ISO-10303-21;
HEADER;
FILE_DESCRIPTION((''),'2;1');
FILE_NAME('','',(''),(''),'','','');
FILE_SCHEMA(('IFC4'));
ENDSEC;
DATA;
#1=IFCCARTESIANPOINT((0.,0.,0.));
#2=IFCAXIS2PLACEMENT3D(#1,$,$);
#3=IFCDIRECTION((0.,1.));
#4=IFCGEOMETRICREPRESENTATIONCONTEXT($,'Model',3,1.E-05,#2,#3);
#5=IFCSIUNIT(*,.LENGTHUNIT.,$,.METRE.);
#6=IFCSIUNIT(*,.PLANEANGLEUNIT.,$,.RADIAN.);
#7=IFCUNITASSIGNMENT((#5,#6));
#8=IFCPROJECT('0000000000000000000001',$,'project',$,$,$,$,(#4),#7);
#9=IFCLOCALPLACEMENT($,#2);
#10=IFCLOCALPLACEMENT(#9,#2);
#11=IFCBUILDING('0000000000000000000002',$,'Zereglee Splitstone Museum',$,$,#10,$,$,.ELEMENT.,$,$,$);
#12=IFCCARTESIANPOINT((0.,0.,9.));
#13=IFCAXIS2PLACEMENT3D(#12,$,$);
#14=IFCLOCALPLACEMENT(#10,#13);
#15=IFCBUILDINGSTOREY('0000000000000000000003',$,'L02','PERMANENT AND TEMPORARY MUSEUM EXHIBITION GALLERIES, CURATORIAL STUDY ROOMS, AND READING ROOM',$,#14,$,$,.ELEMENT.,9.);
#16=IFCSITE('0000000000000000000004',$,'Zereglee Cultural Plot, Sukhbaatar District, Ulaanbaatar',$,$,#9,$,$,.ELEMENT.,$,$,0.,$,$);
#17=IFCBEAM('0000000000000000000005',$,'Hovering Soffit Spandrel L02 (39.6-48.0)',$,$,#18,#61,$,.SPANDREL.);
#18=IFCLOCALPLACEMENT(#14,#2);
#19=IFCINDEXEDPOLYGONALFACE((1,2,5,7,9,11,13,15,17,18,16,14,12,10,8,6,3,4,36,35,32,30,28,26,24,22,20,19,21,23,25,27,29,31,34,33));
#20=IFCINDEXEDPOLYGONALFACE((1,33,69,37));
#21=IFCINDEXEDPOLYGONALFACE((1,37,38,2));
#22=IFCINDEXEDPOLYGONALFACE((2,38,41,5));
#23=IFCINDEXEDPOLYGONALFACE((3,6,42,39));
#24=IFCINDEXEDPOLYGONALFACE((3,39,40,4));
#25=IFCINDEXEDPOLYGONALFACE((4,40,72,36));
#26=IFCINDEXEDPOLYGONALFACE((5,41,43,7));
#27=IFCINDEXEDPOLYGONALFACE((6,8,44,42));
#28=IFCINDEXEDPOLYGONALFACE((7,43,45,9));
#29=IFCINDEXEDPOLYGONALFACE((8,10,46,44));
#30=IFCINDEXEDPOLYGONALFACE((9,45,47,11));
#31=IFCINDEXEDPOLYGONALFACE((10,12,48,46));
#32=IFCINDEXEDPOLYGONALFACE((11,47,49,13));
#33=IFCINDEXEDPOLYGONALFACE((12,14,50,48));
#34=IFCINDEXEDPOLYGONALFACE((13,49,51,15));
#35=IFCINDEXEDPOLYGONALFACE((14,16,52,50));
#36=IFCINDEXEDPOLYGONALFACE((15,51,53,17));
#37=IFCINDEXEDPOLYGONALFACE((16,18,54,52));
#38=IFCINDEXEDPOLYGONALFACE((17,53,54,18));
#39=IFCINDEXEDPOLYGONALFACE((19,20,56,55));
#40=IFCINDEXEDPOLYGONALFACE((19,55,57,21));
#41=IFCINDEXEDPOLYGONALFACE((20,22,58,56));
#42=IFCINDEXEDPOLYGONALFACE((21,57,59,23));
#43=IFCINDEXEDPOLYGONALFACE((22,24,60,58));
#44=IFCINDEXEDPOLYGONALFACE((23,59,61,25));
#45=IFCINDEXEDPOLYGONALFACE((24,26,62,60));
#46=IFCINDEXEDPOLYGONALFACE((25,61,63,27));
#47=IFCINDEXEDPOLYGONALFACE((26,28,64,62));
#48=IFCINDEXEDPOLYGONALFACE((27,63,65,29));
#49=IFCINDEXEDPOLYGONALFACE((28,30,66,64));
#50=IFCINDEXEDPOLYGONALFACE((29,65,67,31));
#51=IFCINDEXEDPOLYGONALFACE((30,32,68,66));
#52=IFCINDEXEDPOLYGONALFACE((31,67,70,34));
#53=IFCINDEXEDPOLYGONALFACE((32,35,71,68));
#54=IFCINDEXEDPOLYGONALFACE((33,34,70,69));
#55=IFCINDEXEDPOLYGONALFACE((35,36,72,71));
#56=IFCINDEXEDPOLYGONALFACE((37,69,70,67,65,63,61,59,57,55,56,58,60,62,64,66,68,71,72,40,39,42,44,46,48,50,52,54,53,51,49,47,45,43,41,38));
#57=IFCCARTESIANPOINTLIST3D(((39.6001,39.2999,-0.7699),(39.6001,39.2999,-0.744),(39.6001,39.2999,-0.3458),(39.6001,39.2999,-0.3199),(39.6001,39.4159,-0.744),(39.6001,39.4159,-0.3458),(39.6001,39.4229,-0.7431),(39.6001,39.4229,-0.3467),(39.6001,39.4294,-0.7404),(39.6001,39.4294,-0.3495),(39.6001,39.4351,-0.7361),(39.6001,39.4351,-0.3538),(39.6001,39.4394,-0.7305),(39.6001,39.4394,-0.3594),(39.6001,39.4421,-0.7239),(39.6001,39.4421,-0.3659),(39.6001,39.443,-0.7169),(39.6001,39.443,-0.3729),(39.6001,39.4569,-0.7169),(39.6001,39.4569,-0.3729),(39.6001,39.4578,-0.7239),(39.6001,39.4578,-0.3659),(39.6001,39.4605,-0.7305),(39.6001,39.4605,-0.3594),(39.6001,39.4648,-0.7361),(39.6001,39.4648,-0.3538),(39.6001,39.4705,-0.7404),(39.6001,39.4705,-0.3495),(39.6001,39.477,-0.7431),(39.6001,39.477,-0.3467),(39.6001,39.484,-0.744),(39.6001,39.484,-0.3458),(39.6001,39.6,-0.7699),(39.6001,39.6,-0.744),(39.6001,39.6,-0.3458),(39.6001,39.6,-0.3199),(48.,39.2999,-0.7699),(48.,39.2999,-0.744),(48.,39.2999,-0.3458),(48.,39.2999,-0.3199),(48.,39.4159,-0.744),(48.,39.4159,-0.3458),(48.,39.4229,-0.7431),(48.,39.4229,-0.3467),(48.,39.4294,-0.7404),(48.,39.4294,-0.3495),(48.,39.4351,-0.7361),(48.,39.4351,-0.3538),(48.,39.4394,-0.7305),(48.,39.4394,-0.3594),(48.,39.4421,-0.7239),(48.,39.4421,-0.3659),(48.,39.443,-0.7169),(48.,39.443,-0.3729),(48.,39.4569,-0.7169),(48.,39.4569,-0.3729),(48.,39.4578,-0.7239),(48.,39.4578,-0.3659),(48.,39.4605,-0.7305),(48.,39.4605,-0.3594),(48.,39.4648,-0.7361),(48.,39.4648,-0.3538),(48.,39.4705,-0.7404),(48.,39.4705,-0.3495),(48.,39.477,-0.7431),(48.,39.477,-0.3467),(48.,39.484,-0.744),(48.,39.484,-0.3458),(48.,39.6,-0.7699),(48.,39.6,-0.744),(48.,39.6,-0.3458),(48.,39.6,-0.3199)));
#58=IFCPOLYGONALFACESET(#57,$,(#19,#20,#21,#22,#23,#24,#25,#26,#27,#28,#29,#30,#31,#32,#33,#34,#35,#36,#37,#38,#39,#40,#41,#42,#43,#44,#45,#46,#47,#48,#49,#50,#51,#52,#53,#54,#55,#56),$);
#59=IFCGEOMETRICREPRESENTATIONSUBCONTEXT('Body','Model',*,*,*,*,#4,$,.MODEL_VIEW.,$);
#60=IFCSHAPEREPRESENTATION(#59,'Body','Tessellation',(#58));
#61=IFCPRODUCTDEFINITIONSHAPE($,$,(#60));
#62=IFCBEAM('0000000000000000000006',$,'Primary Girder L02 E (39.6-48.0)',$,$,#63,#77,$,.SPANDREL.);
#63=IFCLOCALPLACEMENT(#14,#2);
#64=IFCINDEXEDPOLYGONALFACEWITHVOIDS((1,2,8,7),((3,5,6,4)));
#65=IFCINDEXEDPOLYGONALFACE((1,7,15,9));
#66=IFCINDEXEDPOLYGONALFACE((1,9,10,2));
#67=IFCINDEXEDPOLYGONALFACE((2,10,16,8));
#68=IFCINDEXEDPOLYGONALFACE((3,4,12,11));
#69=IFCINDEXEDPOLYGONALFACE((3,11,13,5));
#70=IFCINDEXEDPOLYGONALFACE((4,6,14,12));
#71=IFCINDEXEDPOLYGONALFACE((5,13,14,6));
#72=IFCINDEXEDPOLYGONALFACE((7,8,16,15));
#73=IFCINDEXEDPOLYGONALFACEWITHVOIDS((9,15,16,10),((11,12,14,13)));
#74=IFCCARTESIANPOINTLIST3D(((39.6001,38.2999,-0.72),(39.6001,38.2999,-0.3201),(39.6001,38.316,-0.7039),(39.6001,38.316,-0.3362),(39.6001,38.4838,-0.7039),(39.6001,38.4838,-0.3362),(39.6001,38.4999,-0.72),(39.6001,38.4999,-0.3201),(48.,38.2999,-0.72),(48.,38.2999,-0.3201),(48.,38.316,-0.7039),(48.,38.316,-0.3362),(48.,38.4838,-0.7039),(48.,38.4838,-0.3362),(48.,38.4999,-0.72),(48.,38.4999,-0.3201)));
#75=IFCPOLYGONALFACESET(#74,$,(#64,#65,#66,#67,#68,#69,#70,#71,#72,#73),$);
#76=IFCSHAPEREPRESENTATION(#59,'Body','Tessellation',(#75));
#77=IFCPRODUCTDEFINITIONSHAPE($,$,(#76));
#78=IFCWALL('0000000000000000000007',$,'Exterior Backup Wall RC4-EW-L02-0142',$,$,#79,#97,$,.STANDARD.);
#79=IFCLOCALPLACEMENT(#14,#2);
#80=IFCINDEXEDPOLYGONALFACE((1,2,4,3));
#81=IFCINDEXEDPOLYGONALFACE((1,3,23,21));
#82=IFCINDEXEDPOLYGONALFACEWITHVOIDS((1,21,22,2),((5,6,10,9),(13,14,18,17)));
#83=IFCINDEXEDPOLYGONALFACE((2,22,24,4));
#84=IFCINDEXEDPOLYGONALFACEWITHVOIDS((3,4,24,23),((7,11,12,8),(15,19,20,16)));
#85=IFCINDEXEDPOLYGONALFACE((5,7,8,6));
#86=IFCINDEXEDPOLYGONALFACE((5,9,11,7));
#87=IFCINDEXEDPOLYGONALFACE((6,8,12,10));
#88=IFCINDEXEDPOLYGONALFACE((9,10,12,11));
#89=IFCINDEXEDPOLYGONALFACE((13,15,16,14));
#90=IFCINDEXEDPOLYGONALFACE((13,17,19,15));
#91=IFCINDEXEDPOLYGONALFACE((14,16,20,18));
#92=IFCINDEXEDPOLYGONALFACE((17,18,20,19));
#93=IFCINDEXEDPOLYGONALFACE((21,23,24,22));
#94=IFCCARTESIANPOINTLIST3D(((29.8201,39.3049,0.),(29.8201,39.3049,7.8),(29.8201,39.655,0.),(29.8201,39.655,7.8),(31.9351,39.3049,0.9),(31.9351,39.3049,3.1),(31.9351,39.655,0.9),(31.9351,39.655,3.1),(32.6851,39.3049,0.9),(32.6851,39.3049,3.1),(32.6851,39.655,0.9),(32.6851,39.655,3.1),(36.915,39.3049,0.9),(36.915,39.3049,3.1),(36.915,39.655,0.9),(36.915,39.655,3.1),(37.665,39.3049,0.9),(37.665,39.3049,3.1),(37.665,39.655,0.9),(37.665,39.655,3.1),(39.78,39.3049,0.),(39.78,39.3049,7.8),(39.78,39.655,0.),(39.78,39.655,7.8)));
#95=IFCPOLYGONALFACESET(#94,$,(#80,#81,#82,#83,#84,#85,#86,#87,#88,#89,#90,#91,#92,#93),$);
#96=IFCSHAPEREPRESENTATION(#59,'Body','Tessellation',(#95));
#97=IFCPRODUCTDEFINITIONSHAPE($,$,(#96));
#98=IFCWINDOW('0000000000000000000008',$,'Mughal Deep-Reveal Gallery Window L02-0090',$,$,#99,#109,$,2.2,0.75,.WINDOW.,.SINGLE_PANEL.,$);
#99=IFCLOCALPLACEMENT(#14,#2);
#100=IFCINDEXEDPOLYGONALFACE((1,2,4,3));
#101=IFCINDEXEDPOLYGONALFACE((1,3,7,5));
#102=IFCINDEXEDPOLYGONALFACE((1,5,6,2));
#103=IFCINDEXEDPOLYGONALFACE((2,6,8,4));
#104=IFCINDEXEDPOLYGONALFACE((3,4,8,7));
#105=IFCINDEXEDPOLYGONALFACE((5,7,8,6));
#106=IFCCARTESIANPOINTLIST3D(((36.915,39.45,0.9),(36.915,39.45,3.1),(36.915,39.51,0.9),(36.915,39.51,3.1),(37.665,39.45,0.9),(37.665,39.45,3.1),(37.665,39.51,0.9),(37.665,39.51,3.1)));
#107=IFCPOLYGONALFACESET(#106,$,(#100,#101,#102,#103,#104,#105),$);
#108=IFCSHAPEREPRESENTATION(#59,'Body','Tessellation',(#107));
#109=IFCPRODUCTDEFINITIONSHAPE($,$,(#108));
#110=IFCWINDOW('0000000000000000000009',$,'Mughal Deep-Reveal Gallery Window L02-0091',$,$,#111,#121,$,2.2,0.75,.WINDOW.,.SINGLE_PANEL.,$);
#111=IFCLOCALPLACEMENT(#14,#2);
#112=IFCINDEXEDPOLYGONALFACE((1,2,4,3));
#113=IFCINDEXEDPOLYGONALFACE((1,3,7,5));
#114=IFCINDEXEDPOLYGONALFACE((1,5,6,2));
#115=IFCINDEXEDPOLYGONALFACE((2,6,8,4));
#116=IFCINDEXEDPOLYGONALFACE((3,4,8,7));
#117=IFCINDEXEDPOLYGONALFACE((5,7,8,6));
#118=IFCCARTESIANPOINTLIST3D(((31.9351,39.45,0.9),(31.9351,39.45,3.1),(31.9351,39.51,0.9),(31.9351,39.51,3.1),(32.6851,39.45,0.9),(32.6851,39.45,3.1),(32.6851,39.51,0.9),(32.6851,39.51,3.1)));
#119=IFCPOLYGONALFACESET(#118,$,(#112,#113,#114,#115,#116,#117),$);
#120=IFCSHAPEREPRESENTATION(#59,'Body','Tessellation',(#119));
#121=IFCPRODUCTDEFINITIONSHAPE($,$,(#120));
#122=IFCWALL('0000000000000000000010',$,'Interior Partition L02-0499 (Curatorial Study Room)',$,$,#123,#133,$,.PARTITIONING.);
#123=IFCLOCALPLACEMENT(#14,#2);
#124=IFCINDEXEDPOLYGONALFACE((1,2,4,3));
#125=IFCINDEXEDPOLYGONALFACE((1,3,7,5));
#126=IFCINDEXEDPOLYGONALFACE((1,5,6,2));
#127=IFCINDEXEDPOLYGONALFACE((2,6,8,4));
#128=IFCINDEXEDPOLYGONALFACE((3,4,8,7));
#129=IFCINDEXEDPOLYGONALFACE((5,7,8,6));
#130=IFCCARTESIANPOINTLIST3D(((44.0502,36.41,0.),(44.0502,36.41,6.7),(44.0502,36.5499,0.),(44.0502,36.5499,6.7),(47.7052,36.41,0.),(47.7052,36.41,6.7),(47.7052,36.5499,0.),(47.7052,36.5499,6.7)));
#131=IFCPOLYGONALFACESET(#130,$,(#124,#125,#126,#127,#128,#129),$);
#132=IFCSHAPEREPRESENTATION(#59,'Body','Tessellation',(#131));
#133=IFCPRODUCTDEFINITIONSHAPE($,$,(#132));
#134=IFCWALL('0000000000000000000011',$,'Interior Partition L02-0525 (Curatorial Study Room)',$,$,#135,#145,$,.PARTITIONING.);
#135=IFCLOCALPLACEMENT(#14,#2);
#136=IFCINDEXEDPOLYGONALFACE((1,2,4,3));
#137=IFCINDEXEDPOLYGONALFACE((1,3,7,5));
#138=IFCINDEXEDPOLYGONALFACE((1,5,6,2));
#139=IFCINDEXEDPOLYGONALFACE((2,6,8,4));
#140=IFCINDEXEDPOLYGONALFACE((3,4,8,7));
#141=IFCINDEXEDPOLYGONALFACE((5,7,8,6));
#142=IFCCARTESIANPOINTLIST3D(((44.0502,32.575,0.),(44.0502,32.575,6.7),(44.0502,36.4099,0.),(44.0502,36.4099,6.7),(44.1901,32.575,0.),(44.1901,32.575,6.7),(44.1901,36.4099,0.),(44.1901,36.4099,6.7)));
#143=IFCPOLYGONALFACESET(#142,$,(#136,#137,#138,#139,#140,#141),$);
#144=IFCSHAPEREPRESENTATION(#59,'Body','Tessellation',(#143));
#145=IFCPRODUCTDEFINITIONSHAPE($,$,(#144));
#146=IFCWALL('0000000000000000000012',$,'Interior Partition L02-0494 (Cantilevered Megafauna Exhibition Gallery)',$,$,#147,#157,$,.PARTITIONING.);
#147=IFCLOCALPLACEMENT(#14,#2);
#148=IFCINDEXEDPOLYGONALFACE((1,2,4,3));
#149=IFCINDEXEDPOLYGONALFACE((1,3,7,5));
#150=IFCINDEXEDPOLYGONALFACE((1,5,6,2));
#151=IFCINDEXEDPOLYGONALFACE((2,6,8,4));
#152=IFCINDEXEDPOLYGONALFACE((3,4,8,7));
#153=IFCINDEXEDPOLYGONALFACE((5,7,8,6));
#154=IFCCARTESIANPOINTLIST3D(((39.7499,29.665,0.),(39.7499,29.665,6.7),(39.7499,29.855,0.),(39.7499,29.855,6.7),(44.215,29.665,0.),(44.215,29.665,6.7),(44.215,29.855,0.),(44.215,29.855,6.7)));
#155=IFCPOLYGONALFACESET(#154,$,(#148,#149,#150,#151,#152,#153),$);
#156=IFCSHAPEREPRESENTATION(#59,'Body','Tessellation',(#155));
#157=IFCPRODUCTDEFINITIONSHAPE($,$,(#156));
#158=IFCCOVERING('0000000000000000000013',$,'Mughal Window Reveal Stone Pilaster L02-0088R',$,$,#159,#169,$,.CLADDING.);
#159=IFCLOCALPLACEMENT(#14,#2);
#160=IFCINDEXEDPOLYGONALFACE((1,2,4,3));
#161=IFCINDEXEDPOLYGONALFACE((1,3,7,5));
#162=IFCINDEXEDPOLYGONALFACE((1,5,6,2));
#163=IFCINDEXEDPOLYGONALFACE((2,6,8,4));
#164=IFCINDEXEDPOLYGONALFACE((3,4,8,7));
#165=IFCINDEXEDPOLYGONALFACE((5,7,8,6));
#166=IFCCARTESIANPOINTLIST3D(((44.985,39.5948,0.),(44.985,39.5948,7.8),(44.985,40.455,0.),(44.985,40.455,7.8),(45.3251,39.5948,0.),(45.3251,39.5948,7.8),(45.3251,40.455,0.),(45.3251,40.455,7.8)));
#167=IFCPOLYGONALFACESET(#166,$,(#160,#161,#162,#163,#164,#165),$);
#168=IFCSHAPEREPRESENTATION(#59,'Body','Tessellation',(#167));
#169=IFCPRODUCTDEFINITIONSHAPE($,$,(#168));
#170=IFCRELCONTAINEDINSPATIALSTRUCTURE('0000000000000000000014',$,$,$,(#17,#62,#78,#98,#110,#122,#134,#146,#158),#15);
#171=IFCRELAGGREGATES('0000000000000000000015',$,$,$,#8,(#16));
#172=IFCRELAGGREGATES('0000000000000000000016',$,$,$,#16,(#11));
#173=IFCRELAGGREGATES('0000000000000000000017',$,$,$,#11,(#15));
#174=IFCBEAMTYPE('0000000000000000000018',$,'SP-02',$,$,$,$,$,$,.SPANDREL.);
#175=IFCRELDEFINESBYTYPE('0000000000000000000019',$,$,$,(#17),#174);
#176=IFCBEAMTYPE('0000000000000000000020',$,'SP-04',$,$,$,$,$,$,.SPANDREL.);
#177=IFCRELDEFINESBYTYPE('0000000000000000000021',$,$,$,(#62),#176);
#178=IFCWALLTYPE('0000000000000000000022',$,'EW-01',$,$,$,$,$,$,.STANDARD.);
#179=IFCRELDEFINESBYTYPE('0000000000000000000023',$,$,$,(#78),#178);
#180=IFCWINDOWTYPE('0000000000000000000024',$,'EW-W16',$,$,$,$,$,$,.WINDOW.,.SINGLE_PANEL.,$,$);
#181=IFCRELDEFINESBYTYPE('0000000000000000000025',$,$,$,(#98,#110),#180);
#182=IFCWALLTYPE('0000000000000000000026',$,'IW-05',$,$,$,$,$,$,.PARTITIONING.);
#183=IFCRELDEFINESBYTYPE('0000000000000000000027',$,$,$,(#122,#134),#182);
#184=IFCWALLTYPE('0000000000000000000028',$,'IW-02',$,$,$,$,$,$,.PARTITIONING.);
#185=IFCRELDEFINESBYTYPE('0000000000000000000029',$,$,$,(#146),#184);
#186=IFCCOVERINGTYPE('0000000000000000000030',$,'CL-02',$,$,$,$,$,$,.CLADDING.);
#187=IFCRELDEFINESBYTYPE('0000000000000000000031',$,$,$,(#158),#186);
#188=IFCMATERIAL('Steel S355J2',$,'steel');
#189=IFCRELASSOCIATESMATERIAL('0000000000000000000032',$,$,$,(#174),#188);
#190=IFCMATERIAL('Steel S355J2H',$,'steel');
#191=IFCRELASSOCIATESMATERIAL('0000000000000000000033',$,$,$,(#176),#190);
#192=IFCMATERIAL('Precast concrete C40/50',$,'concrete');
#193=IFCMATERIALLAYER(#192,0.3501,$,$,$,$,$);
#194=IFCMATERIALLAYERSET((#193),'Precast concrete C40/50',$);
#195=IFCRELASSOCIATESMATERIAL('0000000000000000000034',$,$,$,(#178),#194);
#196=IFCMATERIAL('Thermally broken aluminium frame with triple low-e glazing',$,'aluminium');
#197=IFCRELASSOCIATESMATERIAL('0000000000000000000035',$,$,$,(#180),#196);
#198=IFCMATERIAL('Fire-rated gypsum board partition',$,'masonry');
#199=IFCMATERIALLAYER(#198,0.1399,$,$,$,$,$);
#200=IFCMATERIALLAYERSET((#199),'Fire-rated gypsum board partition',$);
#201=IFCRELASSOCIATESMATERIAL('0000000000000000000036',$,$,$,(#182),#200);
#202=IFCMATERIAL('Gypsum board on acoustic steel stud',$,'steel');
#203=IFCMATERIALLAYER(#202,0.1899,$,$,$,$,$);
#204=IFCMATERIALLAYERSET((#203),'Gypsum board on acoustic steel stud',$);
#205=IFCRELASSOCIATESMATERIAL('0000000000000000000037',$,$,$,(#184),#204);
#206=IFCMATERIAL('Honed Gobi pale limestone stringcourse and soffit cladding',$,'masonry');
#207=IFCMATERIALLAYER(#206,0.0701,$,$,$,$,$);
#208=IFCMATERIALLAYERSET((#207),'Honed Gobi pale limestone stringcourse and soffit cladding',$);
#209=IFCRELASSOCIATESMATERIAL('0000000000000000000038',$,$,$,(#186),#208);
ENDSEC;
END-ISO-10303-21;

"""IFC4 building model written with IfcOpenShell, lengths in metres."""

from ifc_helpers import new_model, si_unit, direction, frame, frame_2d, origin, origin_2d, place, context, subcontext, project, spatial, rectangle, hollow_rectangle, i_section, extrude, material, layer, layer_set, material_profile, profile_set, type_object, element, fill, save


model = new_model("IFC4")

# Units and contexts
model_context = context("Model", 3, precision=1e-05, world=origin(), true_north=direction((0.0, 1.0)))
body_context = subcontext(model_context, "Body", "Model", "MODEL_VIEW")
ifc_project = project(units=[si_unit("LENGTHUNIT", "METRE"), si_unit("PLANEANGLEUNIT", "RADIAN")], contexts=[model_context])

# Site, building, storey
site_placement = place(None, origin())
site = spatial("IfcSite", under=ifc_project, at=site_placement, Name="Zereglee Cultural Plot, Sukhbaatar District, Ulaanbaatar", CompositionType="ELEMENT", RefElevation=0.0)
building_placement = place(site_placement, origin())
building = spatial("IfcBuilding", under=site, at=building_placement, Name="Zereglee Splitstone Museum", CompositionType="ELEMENT")
storey_placement = place(building_placement, frame((0.0, 0.0, 9.0)))
storey = spatial("IfcBuildingStorey", under=building, at=storey_placement, Name="L02", Description="PERMANENT AND TEMPORARY MUSEUM EXHIBITION GALLERIES, CURATORIAL STUDY ROOMS, AND READING ROOM", CompositionType="ELEMENT", Elevation=9.0)

# Beams
ifc_material_1 = material(Name="Steel S355J2", Category="steel")
ifc_material_profile_1 = material_profile(ifc_material_1, i_section(OverallWidth=0.3, OverallDepth=0.45, WebThickness=0.0139, FlangeThickness=0.0259, FilletRadius=0.0271, at=origin_2d()), Name="HE 450 B")
ifc_profile_set_1 = profile_set([ifc_material_profile_1], Name="Steel S355J2")
beam_type_1 = type_object("IfcBeamType", Name="SP-02", PredefinedType="SPANDREL", material=ifc_profile_set_1)
beam_1_placement = place(storey_placement, frame((39.6001, 39.45, -0.5449), z_axis=(1.0, 0.0, 0.0), x_axis=(0.0, 1.0, 0.0)))
element("IfcBeam", 1, at=beam_1_placement, inside=storey, type_object=beam_type_1, Name="Hovering Soffit Spandrel L02 (39.6-48.0)", PredefinedType="SPANDREL", context=body_context, shape_type="SweptSolid", body=[
    extrude(i_section(OverallWidth=0.3, OverallDepth=0.45, WebThickness=0.0139, FlangeThickness=0.0259, FilletRadius=0.0271, at=origin_2d()), origin(), (0.0, 0.0, 1.0), 8.3999),
])
ifc_material_2 = material(Name="Steel S355J2H", Category="steel")
ifc_material_profile_2 = material_profile(ifc_material_2, hollow_rectangle(XDim=0.2, YDim=0.3999, WallThickness=0.0161, at=origin_2d()), Name="RHS 400x200x16")
ifc_profile_set_2 = profile_set([ifc_material_profile_2], Name="Steel S355J2H")
beam_type_2 = type_object("IfcBeamType", Name="SP-04", PredefinedType="SPANDREL", material=ifc_profile_set_2)
beam_2_placement = place(storey_placement, frame((39.6001, 38.3999, -0.52), z_axis=(1.0, 0.0, 0.0), x_axis=(0.0, 1.0, 0.0)))
element("IfcBeam", 2, at=beam_2_placement, inside=storey, type_object=beam_type_2, Name="Primary Girder L02 E (39.6-48.0)", PredefinedType="SPANDREL", context=body_context, shape_type="SweptSolid", body=[
    extrude(hollow_rectangle(XDim=0.2, YDim=0.3999, WallThickness=0.0161, at=origin_2d()), origin(), (0.0, 0.0, 1.0), 8.3999),
])

# Wall, openings, windows
ifc_material_3 = material(Name="Precast concrete C40/50", Category="concrete")
ifc_layer_1 = layer(ifc_material_3, 0.3501)
ifc_layer_set_1 = layer_set([ifc_layer_1], Name="Precast concrete C40/50")
wall_type_1 = type_object("IfcWallType", Name="EW-01", PredefinedType="STANDARD", material=ifc_layer_set_1)
wall_1_placement = place(storey_placement, frame((39.78, 39.48, 0.0), z_axis=(0.0, 0.0, 1.0), x_axis=(-1.0, 0.0, 0.0)))
wall_1 = element("IfcWall", 3, at=wall_1_placement, inside=storey, type_object=wall_type_1, Name="Exterior Backup Wall RC4-EW-L02-0142", PredefinedType="STANDARD", context=body_context, shape_type="SweptSolid", body=[
    extrude(rectangle(XDim=9.96, YDim=0.3501, at=frame_2d((4.98, 0.0))), origin(), (0.0, 0.0, 1.0), 7.8),
])
opening_1_placement = place(wall_1_placement, frame((2.115, 0.0, 0.8999)))
opening_1 = element("IfcOpeningElement", 4, at=opening_1_placement, cuts=wall_1, PredefinedType="OPENING", context=body_context, shape_type="SweptSolid", body=[
    extrude(rectangle(XDim=0.75, YDim=2.2, at=frame_2d((0.375, 1.1001))), frame((0.0, 0.1899, 0.0), z_axis=(0.0, -1.0, 0.0), x_axis=(1.0, 0.0, 0.0)), (0.0, 0.0, 1.0), 0.3799),
])
opening_2_placement = place(wall_1_placement, frame((7.095, 0.0, 0.8999)))
opening_2 = element("IfcOpeningElement", 5, at=opening_2_placement, cuts=wall_1, PredefinedType="OPENING", context=body_context, shape_type="SweptSolid", body=[
    extrude(rectangle(XDim=0.75, YDim=2.2, at=frame_2d((0.375, 1.1001))), frame((0.0, 0.1899, 0.0), z_axis=(0.0, -1.0, 0.0), x_axis=(1.0, 0.0, 0.0)), (0.0, 0.0, 1.0), 0.3799),
])
ifc_material_4 = material(Name="Thermally broken aluminium frame with triple low-e glazing", Category="aluminium")
window_type = type_object("IfcWindowType", Name="EW-W16", PartitioningType="SINGLE_PANEL", PredefinedType="WINDOW", material=ifc_material_4)
window_1_placement = place(opening_1_placement, origin())
window_1 = element("IfcWindow", 6, at=window_1_placement, inside=storey, type_object=window_type, Name="Mughal Deep-Reveal Gallery Window L02-0090", OverallHeight=2.2, OverallWidth=0.75, PartitioningType="SINGLE_PANEL", PredefinedType="WINDOW", context=body_context, shape_type="SweptSolid", body=[
    extrude(rectangle(XDim=0.75, YDim=2.2, at=frame_2d((0.375, 1.1001))), frame((0.0, 0.03, 0.0), z_axis=(0.0, -1.0, 0.0), x_axis=(1.0, 0.0, 0.0)), (0.0, 0.0, 1.0), 0.0601),
])
fill(opening_1, window_1)
window_2_placement = place(opening_2_placement, origin())
window_2 = element("IfcWindow", 7, at=window_2_placement, inside=storey, type_object=window_type, Name="Mughal Deep-Reveal Gallery Window L02-0091", OverallHeight=2.2, OverallWidth=0.75, PartitioningType="SINGLE_PANEL", PredefinedType="WINDOW", context=body_context, shape_type="SweptSolid", body=[
    extrude(rectangle(XDim=0.75, YDim=2.2, at=frame_2d((0.375, 1.1001))), frame((0.0, 0.03, 0.0), z_axis=(0.0, -1.0, 0.0), x_axis=(1.0, 0.0, 0.0)), (0.0, 0.0, 1.0), 0.0601),
])
fill(opening_2, window_2)

# Walls
ifc_material_5 = material(Name="Fire-rated gypsum board partition", Category="masonry")
ifc_layer_2 = layer(ifc_material_5, 0.1399)
ifc_layer_set_2 = layer_set([ifc_layer_2], Name="Fire-rated gypsum board partition")
wall_type_2 = type_object("IfcWallType", Name="IW-05", PredefinedType="PARTITIONING", material=ifc_layer_set_2)
wall_2_placement = place(storey_placement, frame((44.05, 36.48, 0.0), z_axis=(0.0, 0.0, 1.0), x_axis=(1.0, 0.0, 0.0)))
element("IfcWall", 8, at=wall_2_placement, inside=storey, type_object=wall_type_2, Name="Interior Partition L02-0499 (Curatorial Study Room)", PredefinedType="PARTITIONING", context=body_context, shape_type="SweptSolid", body=[
    extrude(rectangle(XDim=3.655, YDim=0.1399, at=frame_2d((1.8276, 0.0))), origin(), (0.0, 0.0, 1.0), 6.7),
])
wall_3_placement = place(storey_placement, frame((44.1201, 32.575, 0.0), z_axis=(0.0, 0.0, 1.0), x_axis=(0.0, 1.0, 0.0)))
element("IfcWall", 9, at=wall_3_placement, inside=storey, type_object=wall_type_2, Name="Interior Partition L02-0525 (Curatorial Study Room)", PredefinedType="PARTITIONING", context=body_context, shape_type="SweptSolid", body=[
    extrude(rectangle(XDim=3.835, YDim=0.1399, at=frame_2d((1.9175, 0.0))), origin(), (0.0, 0.0, 1.0), 6.7),
])
ifc_material_6 = material(Name="Gypsum board on acoustic steel stud", Category="steel")
ifc_layer_3 = layer(ifc_material_6, 0.1899)
ifc_layer_set_3 = layer_set([ifc_layer_3], Name="Gypsum board on acoustic steel stud")
wall_type_3 = type_object("IfcWallType", Name="IW-02", PredefinedType="PARTITIONING", material=ifc_layer_set_3)
wall_4_placement = place(storey_placement, frame((39.75, 29.76, 0.0), z_axis=(0.0, 0.0, 1.0), x_axis=(1.0, 0.0, 0.0)))
element("IfcWall", 10, at=wall_4_placement, inside=storey, type_object=wall_type_3, Name="Interior Partition L02-0494 (Cantilevered Megafauna Exhibition Gallery)", PredefinedType="PARTITIONING", context=body_context, shape_type="SweptSolid", body=[
    extrude(rectangle(XDim=4.4651, YDim=0.1899, at=frame_2d((2.2324, 0.0))), origin(), (0.0, 0.0, 1.0), 6.7),
])

# Covering
ifc_material_7 = material(Name="Honed Gobi pale limestone stringcourse and soffit cladding", Category="masonry")
ifc_layer_4 = layer(ifc_material_7, 0.0701)
ifc_layer_set_4 = layer_set([ifc_layer_4], Name="Honed Gobi pale limestone stringcourse and soffit cladding")
covering_type_1 = type_object("IfcCoveringType", Name="CL-02", PredefinedType="CLADDING", material=ifc_layer_set_4)
for number, where, z_axis, x_axis, name in (
    (11, (45.155, 40.0249, 0.0), (0.0, 0.0, 1.0), (-1.0, 0.0, 0.0), "Mughal Window Reveal Stone Pilaster L02-0088R"),
):
    element("IfcCovering", number, at=place(storey_placement, frame(where, z_axis=z_axis, x_axis=x_axis)), inside=storey, type_object=covering_type_1, Name=name, PredefinedType="CLADDING", context=body_context, shape_type="SweptSolid", body=[
        extrude(rectangle(XDim=0.3401, YDim=0.8601, at=origin_2d()), origin(), (0.0, 0.0, 1.0), 7.8),
    ])

save(model, "model.ifc")
